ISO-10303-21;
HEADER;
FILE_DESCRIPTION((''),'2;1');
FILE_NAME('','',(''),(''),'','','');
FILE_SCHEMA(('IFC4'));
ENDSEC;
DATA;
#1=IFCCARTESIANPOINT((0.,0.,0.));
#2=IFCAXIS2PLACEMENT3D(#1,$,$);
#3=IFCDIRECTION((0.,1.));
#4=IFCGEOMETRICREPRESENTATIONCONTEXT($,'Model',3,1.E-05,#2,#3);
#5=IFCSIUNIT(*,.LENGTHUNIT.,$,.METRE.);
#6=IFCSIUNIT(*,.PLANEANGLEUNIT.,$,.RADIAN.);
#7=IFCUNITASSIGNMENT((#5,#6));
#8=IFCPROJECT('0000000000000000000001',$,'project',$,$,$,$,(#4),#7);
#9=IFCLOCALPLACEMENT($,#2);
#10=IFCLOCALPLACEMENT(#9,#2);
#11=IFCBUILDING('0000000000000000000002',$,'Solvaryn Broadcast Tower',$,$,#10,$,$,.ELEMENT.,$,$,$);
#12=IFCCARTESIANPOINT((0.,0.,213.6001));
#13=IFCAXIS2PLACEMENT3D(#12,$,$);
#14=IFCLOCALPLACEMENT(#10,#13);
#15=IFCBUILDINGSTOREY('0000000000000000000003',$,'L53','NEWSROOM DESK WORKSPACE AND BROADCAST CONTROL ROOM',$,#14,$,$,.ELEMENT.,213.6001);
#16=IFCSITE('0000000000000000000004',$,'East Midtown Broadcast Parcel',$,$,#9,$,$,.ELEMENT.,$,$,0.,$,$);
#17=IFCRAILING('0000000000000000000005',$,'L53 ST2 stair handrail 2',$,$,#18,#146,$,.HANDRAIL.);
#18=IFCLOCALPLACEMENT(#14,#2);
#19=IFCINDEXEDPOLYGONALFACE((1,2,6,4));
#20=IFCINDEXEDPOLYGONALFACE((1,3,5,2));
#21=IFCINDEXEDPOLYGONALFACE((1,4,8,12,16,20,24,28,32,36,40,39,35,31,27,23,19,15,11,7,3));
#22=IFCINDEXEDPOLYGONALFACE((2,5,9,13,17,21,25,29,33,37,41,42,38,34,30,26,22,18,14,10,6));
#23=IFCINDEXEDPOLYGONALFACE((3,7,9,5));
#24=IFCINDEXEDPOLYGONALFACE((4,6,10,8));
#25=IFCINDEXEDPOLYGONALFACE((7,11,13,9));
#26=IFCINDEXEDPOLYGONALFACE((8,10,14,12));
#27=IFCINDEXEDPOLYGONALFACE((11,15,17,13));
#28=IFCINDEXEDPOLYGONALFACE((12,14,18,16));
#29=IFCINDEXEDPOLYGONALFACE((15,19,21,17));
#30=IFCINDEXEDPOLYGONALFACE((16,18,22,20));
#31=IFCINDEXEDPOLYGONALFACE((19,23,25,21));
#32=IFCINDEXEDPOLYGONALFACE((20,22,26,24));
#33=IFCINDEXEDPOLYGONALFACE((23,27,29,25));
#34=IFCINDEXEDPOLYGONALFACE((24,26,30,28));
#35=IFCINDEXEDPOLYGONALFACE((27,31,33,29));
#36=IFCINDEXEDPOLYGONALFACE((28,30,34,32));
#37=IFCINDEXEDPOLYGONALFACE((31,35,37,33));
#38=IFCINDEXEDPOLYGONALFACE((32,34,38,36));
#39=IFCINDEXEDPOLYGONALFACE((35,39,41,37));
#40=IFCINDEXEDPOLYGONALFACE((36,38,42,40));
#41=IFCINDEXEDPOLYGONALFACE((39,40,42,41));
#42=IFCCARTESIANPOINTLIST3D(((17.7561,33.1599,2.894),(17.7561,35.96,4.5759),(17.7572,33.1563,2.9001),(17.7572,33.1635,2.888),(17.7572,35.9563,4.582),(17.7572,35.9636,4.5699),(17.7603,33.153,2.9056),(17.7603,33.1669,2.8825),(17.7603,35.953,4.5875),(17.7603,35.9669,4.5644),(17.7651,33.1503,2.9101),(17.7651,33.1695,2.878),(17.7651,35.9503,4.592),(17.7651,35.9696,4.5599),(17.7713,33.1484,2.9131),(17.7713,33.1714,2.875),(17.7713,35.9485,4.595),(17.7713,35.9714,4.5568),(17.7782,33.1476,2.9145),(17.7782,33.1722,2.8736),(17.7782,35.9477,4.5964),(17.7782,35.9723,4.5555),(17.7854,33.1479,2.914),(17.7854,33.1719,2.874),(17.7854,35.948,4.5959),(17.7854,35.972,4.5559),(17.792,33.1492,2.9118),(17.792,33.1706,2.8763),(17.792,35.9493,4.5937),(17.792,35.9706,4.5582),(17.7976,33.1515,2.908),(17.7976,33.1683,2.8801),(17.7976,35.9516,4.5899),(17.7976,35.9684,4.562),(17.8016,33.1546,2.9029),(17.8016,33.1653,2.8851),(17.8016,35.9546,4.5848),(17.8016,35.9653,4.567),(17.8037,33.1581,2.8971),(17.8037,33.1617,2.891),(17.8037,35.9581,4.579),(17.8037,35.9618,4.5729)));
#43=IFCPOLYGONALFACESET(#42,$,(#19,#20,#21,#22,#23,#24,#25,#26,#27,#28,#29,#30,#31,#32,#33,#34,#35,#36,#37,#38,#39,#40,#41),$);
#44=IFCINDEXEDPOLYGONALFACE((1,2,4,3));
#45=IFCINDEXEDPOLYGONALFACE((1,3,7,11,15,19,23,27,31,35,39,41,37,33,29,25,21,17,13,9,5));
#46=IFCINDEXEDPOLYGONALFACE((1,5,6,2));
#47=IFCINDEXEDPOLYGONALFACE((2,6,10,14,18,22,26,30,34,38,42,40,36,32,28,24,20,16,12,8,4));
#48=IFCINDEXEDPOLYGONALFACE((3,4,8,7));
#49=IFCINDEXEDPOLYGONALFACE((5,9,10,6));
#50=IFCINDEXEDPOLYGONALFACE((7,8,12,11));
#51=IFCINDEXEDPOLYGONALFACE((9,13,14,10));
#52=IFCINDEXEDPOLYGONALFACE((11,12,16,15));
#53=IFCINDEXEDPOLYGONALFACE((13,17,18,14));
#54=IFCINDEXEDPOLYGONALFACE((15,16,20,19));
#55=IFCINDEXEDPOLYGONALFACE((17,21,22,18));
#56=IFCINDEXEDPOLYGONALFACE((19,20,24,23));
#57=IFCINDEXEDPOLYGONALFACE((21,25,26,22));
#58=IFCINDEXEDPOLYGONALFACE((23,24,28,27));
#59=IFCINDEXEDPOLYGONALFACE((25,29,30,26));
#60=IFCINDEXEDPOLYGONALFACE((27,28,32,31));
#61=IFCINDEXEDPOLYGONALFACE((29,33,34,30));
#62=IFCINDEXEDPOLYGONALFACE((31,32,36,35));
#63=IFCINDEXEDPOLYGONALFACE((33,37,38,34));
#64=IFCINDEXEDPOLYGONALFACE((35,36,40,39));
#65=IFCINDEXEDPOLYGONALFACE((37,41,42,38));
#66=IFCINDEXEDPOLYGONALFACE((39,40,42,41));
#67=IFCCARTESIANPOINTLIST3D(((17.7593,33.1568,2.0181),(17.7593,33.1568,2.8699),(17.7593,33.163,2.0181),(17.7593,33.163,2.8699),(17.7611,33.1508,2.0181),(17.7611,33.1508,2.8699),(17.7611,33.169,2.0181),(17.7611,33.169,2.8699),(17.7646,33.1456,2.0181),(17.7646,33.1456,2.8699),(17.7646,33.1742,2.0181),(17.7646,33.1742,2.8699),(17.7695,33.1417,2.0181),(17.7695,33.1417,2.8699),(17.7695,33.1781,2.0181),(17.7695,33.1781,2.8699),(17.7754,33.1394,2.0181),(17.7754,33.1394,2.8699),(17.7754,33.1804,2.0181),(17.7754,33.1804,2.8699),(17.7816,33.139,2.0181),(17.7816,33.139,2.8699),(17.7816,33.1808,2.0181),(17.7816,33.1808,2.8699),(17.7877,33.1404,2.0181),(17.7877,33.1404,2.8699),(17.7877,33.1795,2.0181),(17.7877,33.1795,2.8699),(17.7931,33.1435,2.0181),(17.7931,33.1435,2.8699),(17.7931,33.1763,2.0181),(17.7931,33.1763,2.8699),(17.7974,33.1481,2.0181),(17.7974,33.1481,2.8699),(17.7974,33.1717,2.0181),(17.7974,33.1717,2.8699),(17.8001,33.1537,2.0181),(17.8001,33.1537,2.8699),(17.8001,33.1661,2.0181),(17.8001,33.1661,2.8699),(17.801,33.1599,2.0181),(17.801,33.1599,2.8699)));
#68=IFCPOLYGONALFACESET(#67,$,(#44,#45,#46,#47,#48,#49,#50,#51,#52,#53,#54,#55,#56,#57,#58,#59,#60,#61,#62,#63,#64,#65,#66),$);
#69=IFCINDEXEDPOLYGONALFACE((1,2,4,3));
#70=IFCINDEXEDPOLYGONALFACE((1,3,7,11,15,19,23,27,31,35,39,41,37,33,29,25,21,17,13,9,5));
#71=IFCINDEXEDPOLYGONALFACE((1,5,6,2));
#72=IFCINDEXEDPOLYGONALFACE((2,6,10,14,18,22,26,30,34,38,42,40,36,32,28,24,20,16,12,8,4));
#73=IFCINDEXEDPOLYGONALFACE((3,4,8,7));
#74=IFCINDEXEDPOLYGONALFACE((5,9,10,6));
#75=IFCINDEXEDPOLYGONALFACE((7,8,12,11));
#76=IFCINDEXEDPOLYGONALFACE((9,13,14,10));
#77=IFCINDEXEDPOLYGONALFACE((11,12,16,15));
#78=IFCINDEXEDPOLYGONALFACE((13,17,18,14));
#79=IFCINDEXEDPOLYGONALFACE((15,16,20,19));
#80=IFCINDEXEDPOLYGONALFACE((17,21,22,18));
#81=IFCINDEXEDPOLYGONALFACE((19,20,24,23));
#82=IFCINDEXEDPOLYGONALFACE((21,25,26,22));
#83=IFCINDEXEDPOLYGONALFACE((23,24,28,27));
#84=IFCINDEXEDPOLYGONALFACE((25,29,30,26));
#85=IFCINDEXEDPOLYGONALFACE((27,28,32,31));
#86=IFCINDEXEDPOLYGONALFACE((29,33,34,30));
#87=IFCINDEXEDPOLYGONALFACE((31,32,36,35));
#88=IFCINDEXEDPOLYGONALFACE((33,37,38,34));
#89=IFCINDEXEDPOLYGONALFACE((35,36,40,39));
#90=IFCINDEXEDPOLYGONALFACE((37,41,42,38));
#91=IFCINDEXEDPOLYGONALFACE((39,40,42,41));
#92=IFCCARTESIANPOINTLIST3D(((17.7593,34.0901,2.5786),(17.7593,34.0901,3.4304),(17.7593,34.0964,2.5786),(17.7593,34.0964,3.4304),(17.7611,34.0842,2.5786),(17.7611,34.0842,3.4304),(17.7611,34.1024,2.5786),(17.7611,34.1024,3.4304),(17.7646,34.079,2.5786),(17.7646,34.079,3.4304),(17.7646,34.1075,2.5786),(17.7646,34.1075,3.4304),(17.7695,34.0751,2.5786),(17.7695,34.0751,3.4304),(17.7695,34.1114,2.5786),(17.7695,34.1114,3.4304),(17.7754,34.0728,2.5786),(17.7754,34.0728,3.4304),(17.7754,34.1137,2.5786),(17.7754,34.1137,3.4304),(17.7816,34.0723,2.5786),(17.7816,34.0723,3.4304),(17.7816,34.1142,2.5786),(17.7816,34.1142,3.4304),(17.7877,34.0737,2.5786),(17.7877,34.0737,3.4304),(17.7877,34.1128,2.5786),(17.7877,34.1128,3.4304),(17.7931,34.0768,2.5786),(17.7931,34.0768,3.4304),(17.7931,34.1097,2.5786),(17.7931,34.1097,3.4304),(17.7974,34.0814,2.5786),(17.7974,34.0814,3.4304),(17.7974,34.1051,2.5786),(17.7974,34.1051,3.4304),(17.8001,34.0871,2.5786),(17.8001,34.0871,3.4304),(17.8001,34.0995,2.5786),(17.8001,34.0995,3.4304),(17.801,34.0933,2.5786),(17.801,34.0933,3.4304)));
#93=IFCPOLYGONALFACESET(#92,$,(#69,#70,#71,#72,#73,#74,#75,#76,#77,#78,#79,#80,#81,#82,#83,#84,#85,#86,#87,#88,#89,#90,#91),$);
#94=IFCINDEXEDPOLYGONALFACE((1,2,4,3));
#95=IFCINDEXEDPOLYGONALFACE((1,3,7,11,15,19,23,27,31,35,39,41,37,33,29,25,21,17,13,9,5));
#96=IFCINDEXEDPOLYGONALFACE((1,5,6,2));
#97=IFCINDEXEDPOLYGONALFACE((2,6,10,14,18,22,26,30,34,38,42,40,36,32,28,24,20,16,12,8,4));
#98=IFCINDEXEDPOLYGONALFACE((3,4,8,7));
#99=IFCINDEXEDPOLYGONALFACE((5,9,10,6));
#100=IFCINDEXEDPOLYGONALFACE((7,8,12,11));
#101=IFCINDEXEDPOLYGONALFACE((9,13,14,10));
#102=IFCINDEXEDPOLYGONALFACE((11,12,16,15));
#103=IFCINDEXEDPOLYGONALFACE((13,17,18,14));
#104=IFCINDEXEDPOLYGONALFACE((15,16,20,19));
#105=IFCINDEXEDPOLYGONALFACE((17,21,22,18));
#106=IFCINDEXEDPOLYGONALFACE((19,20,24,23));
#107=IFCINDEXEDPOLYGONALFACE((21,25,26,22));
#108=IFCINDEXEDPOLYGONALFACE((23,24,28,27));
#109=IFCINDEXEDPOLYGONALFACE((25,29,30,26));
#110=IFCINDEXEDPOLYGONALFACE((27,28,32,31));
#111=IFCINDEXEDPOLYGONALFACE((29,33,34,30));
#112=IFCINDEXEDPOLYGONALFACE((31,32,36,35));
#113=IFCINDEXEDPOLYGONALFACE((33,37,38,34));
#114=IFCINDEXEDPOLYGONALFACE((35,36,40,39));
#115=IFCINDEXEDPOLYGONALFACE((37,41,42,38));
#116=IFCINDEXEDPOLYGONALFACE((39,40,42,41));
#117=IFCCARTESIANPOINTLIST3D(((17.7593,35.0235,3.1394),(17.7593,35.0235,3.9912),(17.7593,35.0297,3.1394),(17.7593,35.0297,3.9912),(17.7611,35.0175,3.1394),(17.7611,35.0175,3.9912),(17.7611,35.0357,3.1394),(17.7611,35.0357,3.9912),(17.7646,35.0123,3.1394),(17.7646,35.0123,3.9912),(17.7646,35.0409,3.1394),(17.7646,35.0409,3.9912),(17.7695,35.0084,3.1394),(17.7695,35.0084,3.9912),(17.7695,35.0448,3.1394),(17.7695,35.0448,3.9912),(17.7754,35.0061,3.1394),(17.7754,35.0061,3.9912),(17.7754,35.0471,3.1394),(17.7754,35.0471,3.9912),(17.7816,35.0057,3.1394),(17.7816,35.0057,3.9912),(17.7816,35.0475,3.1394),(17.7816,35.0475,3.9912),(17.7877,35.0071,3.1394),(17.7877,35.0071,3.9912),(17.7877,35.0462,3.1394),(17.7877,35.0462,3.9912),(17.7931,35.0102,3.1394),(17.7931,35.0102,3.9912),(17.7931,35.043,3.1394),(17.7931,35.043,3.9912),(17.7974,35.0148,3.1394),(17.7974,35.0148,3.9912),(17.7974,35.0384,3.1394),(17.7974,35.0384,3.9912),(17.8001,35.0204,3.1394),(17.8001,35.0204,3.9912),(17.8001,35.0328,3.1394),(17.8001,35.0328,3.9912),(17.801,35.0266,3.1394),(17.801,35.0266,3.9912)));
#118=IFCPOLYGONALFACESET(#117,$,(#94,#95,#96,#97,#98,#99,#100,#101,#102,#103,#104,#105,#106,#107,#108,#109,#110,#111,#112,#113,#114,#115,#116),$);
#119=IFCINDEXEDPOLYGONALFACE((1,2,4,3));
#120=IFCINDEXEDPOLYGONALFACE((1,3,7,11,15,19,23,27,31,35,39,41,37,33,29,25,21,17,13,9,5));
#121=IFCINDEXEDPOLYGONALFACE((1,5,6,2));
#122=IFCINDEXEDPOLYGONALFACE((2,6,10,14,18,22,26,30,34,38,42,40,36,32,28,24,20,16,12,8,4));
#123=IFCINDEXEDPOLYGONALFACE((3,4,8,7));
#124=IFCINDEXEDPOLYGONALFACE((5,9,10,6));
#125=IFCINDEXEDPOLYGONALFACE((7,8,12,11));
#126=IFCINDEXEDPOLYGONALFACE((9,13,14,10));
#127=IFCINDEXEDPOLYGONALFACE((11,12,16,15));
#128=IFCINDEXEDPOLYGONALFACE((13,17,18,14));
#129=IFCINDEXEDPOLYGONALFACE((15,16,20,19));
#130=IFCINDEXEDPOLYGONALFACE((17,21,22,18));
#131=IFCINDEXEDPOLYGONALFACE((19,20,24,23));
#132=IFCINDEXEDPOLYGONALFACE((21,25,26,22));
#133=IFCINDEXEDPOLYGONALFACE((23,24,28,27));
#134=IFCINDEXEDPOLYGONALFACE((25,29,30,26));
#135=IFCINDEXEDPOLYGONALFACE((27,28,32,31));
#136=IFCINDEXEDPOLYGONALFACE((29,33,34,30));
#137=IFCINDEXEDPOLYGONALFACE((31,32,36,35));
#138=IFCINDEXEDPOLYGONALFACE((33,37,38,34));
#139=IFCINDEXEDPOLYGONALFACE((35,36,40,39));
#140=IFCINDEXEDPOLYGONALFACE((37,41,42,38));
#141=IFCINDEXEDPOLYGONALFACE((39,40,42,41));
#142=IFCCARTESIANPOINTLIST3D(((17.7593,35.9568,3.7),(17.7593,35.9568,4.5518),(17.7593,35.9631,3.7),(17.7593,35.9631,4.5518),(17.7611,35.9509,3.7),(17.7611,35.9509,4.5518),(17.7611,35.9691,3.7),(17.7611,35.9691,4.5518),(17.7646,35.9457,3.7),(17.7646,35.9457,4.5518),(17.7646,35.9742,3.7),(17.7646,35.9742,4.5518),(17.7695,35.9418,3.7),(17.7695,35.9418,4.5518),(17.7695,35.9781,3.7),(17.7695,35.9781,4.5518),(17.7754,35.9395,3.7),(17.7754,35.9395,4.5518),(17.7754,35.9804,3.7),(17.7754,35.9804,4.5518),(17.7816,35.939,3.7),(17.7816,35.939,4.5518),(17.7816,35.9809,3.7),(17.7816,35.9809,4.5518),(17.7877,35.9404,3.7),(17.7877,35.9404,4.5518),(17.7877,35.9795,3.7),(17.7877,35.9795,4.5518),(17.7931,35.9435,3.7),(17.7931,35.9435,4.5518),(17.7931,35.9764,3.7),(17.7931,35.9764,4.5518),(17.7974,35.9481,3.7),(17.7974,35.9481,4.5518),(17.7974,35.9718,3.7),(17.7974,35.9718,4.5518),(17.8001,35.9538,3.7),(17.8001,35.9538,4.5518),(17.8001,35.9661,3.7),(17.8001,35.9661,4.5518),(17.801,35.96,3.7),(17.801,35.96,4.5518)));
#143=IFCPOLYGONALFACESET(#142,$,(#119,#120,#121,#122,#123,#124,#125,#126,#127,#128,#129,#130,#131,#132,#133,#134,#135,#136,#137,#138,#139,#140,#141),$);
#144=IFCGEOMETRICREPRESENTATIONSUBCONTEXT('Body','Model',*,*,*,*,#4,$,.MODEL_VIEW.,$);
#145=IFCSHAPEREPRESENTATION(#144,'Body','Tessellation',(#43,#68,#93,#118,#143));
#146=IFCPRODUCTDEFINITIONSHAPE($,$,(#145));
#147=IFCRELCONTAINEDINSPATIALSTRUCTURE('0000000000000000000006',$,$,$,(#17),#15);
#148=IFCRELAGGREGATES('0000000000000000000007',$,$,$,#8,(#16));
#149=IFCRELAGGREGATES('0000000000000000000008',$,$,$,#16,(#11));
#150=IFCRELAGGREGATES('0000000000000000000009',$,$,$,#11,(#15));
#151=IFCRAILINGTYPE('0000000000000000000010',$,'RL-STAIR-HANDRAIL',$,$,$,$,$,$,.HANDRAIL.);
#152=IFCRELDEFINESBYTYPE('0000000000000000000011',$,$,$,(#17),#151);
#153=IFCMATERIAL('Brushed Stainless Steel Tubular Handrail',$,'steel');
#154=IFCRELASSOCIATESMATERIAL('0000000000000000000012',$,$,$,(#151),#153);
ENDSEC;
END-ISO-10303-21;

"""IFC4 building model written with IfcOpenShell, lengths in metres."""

from ifc_helpers import new_model, si_unit, direction, frame, origin, origin_2d, place, context, subcontext, project, spatial, circle, extrude, material, type_object, element, save


model = new_model("IFC4")

# Units and contexts
model_context = context("Model", 3, precision=1e-05, world=origin(), true_north=direction((0.0, 1.0)))
body_context = subcontext(model_context, "Body", "Model", "MODEL_VIEW")
ifc_project = project(units=[si_unit("LENGTHUNIT", "METRE"), si_unit("PLANEANGLEUNIT", "RADIAN")], contexts=[model_context])

# Site, building, storey
site_placement = place(None, origin())
site = spatial("IfcSite", under=ifc_project, at=site_placement, Name="East Midtown Broadcast Parcel", CompositionType="ELEMENT", RefElevation=0.0)
building_placement = place(site_placement, origin())
building = spatial("IfcBuilding", under=site, at=building_placement, Name="Solvaryn Broadcast Tower", CompositionType="ELEMENT")
storey_placement = place(building_placement, frame((0.0, 0.0, 213.6001)))
storey = spatial("IfcBuildingStorey", under=building, at=storey_placement, Name="L53", Description="NEWSROOM DESK WORKSPACE AND BROADCAST CONTROL ROOM", CompositionType="ELEMENT", Elevation=213.6001)

# Railing
ifc_material_1 = material(Name="Brushed Stainless Steel Tubular Handrail", Category="steel")
railing_type_1 = type_object("IfcRailingType", Name="RL-STAIR-HANDRAIL", PredefinedType="HANDRAIL", material=ifc_material_1)
railing_1_placement = place(storey_placement, frame((17.78, 33.1599, 2.0181)))
element("IfcRailing", 1, at=railing_1_placement, inside=storey, type_object=railing_type_1, Name="L53 ST2 stair handrail 2", PredefinedType="HANDRAIL", context=body_context, shape_type="SweptSolid", body=[
    extrude(circle(Radius=0.0239, at=origin_2d()), frame((0.0, 0.0, 0.876), z_axis=(0.0, 0.857242, 0.514913), x_axis=(-1.0, 0.0, 0.0)), (0.0, 0.0, 1.0), 3.2664),
    extrude(circle(Radius=0.021, at=origin_2d()), origin(), (0.0, 0.0, 1.0), 0.8518),
    extrude(circle(Radius=0.021, at=origin_2d()), frame((0.0, 0.9333, 0.5605)), (0.0, 0.0, 1.0), 0.8518),
    extrude(circle(Radius=0.021, at=origin_2d()), frame((0.0, 1.8667, 1.1213)), (0.0, 0.0, 1.0), 0.8518),
    extrude(circle(Radius=0.021, at=origin_2d()), frame((0.0, 2.8, 1.6819)), (0.0, 0.0, 1.0), 0.8518),
])

save(model, "model.ifc")
